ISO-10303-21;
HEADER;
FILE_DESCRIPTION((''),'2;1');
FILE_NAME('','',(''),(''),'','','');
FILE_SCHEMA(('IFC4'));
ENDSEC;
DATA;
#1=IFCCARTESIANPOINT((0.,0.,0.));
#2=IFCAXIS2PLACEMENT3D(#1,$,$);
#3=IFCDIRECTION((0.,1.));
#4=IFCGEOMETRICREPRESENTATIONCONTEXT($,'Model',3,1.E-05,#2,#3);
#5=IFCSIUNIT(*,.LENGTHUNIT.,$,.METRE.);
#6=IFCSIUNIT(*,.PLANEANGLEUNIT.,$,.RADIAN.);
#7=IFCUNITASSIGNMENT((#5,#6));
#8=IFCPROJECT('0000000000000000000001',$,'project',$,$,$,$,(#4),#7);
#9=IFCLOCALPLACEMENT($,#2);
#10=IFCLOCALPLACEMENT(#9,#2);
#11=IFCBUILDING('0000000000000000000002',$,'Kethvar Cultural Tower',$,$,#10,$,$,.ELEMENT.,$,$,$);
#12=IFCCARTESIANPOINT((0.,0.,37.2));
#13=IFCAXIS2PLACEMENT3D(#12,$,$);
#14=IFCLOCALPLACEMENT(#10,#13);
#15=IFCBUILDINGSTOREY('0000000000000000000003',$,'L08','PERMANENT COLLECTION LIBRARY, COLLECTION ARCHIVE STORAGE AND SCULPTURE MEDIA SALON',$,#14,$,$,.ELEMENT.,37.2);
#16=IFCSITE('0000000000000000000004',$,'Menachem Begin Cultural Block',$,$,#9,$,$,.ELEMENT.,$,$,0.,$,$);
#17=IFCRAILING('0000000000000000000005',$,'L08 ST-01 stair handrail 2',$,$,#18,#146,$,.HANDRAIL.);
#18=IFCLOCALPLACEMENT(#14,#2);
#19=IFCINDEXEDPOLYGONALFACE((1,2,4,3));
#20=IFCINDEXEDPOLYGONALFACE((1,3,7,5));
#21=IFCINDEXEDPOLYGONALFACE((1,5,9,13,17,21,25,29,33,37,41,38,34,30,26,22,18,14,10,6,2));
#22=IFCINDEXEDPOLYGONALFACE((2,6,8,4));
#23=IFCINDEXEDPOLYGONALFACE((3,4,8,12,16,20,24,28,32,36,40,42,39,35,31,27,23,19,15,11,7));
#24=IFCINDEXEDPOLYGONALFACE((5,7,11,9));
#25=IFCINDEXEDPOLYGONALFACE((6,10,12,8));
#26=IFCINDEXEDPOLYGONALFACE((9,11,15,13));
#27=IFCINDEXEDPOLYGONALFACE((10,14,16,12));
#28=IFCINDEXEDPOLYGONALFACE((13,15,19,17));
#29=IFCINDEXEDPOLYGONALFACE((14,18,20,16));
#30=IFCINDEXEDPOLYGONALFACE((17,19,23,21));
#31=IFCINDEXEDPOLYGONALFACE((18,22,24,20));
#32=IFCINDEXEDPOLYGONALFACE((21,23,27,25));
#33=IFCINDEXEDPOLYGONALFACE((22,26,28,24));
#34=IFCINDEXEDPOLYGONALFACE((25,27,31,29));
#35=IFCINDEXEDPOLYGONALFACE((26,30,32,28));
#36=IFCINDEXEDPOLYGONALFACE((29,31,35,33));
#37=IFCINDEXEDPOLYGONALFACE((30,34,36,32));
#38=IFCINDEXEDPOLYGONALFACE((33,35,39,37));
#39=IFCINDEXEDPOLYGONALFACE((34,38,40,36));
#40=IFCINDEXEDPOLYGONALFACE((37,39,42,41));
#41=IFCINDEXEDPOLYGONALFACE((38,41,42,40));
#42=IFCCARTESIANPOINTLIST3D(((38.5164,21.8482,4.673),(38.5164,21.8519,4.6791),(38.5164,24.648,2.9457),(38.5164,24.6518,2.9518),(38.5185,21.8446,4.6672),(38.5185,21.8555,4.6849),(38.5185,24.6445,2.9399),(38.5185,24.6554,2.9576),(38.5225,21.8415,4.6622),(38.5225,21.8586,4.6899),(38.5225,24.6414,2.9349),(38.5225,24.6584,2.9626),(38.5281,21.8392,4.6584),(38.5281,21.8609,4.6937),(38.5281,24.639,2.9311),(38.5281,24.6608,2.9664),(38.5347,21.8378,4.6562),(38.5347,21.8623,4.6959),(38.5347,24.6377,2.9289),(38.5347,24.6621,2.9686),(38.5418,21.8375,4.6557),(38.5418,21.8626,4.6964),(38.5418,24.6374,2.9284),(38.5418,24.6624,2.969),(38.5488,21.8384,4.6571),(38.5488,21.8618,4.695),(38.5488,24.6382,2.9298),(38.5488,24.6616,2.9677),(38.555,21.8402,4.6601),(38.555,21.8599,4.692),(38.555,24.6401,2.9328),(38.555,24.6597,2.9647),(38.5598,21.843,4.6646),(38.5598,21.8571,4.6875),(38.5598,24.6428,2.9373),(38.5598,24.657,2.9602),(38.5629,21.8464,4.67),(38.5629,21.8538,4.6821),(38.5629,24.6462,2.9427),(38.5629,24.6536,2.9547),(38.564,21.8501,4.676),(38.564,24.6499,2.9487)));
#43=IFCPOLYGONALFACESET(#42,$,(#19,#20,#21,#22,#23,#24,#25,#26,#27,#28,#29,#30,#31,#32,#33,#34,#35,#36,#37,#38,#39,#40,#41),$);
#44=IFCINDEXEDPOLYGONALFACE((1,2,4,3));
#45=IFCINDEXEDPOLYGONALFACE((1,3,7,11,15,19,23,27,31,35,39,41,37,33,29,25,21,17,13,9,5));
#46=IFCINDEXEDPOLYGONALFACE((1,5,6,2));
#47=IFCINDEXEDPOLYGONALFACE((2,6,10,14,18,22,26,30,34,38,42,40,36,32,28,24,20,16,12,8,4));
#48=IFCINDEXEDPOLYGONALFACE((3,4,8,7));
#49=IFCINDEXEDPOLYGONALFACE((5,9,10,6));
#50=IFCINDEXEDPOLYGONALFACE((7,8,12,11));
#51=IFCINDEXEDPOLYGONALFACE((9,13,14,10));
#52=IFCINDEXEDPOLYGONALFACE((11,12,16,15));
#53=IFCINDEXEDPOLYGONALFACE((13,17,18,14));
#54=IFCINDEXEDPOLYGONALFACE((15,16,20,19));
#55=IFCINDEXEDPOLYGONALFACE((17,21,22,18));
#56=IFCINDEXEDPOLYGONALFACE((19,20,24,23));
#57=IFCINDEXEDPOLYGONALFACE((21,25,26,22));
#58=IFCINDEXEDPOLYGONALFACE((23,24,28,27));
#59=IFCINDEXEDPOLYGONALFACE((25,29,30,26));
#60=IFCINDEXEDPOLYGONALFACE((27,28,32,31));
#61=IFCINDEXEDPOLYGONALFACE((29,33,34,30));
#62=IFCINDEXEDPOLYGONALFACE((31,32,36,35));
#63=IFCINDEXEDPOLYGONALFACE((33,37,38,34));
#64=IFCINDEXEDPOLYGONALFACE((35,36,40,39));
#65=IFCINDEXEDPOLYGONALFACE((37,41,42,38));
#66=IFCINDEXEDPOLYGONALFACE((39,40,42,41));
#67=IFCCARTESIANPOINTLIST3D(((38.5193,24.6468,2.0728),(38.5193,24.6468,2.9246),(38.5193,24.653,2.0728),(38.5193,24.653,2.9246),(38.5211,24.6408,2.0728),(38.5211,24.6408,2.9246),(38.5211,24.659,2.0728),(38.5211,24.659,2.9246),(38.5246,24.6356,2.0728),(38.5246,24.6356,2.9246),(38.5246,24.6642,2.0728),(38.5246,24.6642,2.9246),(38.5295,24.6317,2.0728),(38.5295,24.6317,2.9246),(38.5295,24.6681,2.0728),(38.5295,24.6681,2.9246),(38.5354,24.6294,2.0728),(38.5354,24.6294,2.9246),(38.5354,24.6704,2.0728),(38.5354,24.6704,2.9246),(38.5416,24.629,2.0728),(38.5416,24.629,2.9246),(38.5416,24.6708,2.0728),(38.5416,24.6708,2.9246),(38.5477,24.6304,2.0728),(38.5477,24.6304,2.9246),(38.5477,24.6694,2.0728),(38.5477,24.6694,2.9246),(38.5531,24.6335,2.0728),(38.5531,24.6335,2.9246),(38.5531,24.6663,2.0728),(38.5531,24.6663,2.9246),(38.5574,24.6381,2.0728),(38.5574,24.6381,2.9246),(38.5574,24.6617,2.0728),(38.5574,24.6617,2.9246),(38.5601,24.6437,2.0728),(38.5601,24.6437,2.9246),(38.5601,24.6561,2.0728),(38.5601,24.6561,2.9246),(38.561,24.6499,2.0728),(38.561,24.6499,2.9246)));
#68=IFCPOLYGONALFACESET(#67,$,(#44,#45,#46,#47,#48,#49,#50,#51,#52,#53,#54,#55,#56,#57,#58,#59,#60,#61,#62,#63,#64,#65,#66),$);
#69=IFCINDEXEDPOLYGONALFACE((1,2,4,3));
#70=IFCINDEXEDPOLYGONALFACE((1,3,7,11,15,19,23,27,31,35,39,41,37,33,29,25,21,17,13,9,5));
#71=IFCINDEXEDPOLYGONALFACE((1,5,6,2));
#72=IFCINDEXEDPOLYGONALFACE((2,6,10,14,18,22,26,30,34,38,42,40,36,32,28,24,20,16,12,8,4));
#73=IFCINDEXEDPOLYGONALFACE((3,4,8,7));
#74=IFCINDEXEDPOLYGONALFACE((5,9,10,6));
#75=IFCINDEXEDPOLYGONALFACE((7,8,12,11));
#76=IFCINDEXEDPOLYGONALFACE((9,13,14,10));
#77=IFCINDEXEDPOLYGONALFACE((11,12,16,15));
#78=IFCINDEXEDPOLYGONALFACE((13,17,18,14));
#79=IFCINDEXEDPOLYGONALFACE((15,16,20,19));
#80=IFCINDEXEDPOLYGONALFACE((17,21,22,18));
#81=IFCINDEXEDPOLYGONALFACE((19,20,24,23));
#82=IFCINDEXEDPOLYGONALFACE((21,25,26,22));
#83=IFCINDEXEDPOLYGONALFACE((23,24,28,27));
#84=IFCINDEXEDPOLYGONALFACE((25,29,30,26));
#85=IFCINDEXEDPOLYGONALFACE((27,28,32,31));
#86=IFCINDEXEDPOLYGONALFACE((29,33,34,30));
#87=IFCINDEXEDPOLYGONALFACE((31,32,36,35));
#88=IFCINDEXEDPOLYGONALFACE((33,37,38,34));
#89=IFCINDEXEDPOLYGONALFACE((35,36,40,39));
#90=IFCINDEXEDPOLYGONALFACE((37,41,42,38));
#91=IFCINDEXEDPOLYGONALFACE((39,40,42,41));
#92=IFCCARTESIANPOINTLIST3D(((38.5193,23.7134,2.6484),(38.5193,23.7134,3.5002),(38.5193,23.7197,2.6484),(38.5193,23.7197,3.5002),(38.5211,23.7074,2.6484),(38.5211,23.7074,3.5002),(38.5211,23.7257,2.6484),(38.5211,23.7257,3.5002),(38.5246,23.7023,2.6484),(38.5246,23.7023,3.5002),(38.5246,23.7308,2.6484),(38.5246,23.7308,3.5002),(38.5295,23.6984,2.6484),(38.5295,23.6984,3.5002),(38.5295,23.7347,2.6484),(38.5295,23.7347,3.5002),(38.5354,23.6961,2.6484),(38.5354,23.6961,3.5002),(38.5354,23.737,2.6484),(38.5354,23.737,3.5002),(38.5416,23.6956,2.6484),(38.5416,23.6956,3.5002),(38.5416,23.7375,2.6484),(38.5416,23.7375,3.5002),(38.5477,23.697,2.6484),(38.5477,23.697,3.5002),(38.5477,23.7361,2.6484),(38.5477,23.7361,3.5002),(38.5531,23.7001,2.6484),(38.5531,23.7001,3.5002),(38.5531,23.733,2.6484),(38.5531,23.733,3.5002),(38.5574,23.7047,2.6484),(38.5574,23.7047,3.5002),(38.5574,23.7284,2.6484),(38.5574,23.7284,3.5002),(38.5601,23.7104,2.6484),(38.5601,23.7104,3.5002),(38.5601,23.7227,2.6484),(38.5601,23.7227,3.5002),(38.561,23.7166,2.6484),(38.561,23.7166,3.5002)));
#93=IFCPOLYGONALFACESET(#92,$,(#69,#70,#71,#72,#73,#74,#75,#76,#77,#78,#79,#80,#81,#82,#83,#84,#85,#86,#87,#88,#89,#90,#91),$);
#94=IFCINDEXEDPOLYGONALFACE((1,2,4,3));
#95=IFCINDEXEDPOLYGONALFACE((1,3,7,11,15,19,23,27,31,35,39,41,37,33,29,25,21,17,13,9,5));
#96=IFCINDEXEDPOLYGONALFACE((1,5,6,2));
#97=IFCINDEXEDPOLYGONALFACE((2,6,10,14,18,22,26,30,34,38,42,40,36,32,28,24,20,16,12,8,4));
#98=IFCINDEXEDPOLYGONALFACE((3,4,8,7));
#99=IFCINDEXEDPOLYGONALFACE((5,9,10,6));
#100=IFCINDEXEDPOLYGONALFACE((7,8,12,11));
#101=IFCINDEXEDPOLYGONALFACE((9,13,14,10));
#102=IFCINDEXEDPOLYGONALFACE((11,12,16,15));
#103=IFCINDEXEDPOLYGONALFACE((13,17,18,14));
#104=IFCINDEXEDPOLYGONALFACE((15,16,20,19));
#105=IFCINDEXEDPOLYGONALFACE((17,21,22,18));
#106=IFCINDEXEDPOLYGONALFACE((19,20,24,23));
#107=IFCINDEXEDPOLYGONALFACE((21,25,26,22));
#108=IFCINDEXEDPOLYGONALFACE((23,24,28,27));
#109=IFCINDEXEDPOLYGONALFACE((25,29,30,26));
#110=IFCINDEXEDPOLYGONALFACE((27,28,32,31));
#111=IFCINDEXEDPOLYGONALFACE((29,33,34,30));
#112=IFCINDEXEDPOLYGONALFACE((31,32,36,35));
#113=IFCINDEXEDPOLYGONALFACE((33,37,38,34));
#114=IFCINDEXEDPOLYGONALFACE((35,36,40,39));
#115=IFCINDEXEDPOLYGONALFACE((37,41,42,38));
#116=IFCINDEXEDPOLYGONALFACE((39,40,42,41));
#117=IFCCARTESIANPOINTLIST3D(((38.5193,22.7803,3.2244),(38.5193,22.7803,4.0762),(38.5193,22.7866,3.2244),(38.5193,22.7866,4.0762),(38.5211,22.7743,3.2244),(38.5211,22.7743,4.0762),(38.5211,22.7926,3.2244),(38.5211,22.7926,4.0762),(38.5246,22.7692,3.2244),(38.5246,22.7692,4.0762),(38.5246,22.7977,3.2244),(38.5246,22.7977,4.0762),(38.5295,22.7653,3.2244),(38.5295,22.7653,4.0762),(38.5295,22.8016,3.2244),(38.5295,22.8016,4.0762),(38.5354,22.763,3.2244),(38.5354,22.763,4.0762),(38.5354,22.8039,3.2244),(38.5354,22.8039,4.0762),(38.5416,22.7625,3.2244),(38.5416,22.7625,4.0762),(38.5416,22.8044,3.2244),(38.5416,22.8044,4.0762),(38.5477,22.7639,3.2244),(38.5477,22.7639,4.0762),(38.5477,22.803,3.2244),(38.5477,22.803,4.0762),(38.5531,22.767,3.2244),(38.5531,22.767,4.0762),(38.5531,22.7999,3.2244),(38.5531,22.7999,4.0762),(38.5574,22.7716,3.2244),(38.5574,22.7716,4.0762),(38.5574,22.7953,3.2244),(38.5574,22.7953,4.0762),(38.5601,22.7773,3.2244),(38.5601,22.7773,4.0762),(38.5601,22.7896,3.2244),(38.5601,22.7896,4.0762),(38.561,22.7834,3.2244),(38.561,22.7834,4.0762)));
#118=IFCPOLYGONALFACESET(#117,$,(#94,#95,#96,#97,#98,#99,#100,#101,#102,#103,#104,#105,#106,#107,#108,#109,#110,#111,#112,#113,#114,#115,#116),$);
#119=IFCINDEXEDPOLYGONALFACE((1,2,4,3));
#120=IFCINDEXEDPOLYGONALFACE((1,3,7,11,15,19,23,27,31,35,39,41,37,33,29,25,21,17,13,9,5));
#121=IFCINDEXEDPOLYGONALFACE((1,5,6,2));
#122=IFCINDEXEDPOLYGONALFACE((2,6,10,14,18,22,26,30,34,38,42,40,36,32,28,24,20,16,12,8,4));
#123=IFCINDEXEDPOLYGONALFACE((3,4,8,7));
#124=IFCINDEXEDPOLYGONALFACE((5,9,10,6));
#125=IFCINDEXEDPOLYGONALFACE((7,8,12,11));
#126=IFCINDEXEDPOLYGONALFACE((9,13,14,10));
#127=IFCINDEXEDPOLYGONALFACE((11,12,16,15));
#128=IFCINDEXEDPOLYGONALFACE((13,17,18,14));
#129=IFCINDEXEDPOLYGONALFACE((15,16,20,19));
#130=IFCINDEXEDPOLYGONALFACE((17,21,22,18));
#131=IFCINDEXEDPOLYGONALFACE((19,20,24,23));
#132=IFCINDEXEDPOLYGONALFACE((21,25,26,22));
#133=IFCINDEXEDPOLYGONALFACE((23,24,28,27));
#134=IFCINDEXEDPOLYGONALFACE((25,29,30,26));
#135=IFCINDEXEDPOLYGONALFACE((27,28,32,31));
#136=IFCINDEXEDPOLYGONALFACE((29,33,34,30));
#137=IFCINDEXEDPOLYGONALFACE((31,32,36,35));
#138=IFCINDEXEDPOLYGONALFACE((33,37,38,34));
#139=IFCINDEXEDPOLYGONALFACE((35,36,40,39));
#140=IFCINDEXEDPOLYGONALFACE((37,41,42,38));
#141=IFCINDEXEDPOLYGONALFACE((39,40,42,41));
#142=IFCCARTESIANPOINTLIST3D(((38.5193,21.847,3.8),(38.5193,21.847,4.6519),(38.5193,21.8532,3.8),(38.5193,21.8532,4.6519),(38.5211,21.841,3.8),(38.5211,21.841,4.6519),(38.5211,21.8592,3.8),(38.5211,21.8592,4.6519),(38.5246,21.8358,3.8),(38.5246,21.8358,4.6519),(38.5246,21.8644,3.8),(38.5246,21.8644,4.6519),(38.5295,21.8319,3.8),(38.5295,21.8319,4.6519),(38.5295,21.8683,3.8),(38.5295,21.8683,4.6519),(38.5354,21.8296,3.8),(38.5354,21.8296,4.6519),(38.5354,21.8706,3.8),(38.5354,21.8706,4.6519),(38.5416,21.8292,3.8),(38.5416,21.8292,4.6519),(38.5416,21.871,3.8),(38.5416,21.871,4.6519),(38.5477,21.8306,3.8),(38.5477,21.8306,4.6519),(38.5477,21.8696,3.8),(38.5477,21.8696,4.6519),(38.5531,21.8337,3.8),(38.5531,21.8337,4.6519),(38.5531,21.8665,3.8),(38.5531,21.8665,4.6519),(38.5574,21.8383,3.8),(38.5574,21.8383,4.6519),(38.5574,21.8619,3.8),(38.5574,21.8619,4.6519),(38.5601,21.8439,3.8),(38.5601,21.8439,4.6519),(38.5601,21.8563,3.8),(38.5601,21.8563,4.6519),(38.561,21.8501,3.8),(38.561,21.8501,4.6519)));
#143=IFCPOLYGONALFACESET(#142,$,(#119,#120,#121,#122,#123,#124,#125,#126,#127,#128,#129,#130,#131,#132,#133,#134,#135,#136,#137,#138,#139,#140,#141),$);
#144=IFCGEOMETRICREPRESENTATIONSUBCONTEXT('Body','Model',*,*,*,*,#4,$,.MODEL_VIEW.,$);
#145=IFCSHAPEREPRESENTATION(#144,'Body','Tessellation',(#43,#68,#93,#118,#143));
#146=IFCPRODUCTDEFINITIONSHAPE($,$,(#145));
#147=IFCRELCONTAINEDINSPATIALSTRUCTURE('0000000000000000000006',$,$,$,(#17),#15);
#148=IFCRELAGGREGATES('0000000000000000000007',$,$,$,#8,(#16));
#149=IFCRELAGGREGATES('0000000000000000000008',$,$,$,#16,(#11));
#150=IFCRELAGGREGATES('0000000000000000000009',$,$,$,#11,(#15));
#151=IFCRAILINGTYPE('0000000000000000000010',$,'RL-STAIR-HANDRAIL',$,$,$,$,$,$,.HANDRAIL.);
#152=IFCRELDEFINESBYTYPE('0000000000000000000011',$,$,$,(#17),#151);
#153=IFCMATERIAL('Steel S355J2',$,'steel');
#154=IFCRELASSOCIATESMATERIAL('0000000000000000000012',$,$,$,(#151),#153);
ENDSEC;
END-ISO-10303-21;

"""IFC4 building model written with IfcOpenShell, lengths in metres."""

from ifc_helpers import new_model, si_unit, direction, frame, origin, origin_2d, place, context, subcontext, project, spatial, circle, extrude, material, type_object, element, save


model = new_model("IFC4")

# Units and contexts
model_context = context("Model", 3, precision=1e-05, world=origin(), true_north=direction((0.0, 1.0)))
body_context = subcontext(model_context, "Body", "Model", "MODEL_VIEW")
ifc_project = project(units=[si_unit("LENGTHUNIT", "METRE"), si_unit("PLANEANGLEUNIT", "RADIAN")], contexts=[model_context])

# Site, building, storey
site_placement = place(None, origin())
site = spatial("IfcSite", under=ifc_project, at=site_placement, Name="Menachem Begin Cultural Block", CompositionType="ELEMENT", RefElevation=0.0)
building_placement = place(site_placement, origin())
building = spatial("IfcBuilding", under=site, at=building_placement, Name="Kethvar Cultural Tower", CompositionType="ELEMENT")
storey_placement = place(building_placement, frame((0.0, 0.0, 37.2)))
storey = spatial("IfcBuildingStorey", under=building, at=storey_placement, Name="L08", Description="PERMANENT COLLECTION LIBRARY, COLLECTION ARCHIVE STORAGE AND SCULPTURE MEDIA SALON", CompositionType="ELEMENT", Elevation=37.2)

# Shared definitions
ifc_material_1 = material(Name="Steel S355J2", Category="steel")

# Railing
railing_type_1 = type_object("IfcRailingType", Name="RL-STAIR-HANDRAIL", PredefinedType="HANDRAIL", material=ifc_material_1)
railing_1_placement = place(storey_placement, frame((38.54, 24.6499, 2.0728)))
element("IfcRailing", 1, at=railing_1_placement, inside=storey, type_object=railing_type_1, Name="L08 ST-01 stair handrail 2", PredefinedType="HANDRAIL", context=body_context, shape_type="SweptSolid", body=[
    extrude(circle(Radius=0.0239, at=origin_2d()), frame((0.0, 0.0, 0.876), z_axis=(0.0, -0.851069, 0.525054), x_axis=(1.0, 0.0, 0.0)), (0.0, 0.0, 1.0), 3.2898),
    extrude(circle(Radius=0.021, at=origin_2d()), origin(), (0.0, 0.0, 1.0), 0.8518),
    extrude(circle(Radius=0.021, at=origin_2d()), frame((0.0, -0.9333, 0.5757)), (0.0, 0.0, 1.0), 0.8518),
    extrude(circle(Radius=0.021, at=origin_2d()), frame((0.0, -1.8665, 1.1516)), (0.0, 0.0, 1.0), 0.8518),
    extrude(circle(Radius=0.021, at=origin_2d()), frame((0.0, -2.7998, 1.7273)), (0.0, 0.0, 1.0), 0.8518),
])

save(model, "model.ifc")
